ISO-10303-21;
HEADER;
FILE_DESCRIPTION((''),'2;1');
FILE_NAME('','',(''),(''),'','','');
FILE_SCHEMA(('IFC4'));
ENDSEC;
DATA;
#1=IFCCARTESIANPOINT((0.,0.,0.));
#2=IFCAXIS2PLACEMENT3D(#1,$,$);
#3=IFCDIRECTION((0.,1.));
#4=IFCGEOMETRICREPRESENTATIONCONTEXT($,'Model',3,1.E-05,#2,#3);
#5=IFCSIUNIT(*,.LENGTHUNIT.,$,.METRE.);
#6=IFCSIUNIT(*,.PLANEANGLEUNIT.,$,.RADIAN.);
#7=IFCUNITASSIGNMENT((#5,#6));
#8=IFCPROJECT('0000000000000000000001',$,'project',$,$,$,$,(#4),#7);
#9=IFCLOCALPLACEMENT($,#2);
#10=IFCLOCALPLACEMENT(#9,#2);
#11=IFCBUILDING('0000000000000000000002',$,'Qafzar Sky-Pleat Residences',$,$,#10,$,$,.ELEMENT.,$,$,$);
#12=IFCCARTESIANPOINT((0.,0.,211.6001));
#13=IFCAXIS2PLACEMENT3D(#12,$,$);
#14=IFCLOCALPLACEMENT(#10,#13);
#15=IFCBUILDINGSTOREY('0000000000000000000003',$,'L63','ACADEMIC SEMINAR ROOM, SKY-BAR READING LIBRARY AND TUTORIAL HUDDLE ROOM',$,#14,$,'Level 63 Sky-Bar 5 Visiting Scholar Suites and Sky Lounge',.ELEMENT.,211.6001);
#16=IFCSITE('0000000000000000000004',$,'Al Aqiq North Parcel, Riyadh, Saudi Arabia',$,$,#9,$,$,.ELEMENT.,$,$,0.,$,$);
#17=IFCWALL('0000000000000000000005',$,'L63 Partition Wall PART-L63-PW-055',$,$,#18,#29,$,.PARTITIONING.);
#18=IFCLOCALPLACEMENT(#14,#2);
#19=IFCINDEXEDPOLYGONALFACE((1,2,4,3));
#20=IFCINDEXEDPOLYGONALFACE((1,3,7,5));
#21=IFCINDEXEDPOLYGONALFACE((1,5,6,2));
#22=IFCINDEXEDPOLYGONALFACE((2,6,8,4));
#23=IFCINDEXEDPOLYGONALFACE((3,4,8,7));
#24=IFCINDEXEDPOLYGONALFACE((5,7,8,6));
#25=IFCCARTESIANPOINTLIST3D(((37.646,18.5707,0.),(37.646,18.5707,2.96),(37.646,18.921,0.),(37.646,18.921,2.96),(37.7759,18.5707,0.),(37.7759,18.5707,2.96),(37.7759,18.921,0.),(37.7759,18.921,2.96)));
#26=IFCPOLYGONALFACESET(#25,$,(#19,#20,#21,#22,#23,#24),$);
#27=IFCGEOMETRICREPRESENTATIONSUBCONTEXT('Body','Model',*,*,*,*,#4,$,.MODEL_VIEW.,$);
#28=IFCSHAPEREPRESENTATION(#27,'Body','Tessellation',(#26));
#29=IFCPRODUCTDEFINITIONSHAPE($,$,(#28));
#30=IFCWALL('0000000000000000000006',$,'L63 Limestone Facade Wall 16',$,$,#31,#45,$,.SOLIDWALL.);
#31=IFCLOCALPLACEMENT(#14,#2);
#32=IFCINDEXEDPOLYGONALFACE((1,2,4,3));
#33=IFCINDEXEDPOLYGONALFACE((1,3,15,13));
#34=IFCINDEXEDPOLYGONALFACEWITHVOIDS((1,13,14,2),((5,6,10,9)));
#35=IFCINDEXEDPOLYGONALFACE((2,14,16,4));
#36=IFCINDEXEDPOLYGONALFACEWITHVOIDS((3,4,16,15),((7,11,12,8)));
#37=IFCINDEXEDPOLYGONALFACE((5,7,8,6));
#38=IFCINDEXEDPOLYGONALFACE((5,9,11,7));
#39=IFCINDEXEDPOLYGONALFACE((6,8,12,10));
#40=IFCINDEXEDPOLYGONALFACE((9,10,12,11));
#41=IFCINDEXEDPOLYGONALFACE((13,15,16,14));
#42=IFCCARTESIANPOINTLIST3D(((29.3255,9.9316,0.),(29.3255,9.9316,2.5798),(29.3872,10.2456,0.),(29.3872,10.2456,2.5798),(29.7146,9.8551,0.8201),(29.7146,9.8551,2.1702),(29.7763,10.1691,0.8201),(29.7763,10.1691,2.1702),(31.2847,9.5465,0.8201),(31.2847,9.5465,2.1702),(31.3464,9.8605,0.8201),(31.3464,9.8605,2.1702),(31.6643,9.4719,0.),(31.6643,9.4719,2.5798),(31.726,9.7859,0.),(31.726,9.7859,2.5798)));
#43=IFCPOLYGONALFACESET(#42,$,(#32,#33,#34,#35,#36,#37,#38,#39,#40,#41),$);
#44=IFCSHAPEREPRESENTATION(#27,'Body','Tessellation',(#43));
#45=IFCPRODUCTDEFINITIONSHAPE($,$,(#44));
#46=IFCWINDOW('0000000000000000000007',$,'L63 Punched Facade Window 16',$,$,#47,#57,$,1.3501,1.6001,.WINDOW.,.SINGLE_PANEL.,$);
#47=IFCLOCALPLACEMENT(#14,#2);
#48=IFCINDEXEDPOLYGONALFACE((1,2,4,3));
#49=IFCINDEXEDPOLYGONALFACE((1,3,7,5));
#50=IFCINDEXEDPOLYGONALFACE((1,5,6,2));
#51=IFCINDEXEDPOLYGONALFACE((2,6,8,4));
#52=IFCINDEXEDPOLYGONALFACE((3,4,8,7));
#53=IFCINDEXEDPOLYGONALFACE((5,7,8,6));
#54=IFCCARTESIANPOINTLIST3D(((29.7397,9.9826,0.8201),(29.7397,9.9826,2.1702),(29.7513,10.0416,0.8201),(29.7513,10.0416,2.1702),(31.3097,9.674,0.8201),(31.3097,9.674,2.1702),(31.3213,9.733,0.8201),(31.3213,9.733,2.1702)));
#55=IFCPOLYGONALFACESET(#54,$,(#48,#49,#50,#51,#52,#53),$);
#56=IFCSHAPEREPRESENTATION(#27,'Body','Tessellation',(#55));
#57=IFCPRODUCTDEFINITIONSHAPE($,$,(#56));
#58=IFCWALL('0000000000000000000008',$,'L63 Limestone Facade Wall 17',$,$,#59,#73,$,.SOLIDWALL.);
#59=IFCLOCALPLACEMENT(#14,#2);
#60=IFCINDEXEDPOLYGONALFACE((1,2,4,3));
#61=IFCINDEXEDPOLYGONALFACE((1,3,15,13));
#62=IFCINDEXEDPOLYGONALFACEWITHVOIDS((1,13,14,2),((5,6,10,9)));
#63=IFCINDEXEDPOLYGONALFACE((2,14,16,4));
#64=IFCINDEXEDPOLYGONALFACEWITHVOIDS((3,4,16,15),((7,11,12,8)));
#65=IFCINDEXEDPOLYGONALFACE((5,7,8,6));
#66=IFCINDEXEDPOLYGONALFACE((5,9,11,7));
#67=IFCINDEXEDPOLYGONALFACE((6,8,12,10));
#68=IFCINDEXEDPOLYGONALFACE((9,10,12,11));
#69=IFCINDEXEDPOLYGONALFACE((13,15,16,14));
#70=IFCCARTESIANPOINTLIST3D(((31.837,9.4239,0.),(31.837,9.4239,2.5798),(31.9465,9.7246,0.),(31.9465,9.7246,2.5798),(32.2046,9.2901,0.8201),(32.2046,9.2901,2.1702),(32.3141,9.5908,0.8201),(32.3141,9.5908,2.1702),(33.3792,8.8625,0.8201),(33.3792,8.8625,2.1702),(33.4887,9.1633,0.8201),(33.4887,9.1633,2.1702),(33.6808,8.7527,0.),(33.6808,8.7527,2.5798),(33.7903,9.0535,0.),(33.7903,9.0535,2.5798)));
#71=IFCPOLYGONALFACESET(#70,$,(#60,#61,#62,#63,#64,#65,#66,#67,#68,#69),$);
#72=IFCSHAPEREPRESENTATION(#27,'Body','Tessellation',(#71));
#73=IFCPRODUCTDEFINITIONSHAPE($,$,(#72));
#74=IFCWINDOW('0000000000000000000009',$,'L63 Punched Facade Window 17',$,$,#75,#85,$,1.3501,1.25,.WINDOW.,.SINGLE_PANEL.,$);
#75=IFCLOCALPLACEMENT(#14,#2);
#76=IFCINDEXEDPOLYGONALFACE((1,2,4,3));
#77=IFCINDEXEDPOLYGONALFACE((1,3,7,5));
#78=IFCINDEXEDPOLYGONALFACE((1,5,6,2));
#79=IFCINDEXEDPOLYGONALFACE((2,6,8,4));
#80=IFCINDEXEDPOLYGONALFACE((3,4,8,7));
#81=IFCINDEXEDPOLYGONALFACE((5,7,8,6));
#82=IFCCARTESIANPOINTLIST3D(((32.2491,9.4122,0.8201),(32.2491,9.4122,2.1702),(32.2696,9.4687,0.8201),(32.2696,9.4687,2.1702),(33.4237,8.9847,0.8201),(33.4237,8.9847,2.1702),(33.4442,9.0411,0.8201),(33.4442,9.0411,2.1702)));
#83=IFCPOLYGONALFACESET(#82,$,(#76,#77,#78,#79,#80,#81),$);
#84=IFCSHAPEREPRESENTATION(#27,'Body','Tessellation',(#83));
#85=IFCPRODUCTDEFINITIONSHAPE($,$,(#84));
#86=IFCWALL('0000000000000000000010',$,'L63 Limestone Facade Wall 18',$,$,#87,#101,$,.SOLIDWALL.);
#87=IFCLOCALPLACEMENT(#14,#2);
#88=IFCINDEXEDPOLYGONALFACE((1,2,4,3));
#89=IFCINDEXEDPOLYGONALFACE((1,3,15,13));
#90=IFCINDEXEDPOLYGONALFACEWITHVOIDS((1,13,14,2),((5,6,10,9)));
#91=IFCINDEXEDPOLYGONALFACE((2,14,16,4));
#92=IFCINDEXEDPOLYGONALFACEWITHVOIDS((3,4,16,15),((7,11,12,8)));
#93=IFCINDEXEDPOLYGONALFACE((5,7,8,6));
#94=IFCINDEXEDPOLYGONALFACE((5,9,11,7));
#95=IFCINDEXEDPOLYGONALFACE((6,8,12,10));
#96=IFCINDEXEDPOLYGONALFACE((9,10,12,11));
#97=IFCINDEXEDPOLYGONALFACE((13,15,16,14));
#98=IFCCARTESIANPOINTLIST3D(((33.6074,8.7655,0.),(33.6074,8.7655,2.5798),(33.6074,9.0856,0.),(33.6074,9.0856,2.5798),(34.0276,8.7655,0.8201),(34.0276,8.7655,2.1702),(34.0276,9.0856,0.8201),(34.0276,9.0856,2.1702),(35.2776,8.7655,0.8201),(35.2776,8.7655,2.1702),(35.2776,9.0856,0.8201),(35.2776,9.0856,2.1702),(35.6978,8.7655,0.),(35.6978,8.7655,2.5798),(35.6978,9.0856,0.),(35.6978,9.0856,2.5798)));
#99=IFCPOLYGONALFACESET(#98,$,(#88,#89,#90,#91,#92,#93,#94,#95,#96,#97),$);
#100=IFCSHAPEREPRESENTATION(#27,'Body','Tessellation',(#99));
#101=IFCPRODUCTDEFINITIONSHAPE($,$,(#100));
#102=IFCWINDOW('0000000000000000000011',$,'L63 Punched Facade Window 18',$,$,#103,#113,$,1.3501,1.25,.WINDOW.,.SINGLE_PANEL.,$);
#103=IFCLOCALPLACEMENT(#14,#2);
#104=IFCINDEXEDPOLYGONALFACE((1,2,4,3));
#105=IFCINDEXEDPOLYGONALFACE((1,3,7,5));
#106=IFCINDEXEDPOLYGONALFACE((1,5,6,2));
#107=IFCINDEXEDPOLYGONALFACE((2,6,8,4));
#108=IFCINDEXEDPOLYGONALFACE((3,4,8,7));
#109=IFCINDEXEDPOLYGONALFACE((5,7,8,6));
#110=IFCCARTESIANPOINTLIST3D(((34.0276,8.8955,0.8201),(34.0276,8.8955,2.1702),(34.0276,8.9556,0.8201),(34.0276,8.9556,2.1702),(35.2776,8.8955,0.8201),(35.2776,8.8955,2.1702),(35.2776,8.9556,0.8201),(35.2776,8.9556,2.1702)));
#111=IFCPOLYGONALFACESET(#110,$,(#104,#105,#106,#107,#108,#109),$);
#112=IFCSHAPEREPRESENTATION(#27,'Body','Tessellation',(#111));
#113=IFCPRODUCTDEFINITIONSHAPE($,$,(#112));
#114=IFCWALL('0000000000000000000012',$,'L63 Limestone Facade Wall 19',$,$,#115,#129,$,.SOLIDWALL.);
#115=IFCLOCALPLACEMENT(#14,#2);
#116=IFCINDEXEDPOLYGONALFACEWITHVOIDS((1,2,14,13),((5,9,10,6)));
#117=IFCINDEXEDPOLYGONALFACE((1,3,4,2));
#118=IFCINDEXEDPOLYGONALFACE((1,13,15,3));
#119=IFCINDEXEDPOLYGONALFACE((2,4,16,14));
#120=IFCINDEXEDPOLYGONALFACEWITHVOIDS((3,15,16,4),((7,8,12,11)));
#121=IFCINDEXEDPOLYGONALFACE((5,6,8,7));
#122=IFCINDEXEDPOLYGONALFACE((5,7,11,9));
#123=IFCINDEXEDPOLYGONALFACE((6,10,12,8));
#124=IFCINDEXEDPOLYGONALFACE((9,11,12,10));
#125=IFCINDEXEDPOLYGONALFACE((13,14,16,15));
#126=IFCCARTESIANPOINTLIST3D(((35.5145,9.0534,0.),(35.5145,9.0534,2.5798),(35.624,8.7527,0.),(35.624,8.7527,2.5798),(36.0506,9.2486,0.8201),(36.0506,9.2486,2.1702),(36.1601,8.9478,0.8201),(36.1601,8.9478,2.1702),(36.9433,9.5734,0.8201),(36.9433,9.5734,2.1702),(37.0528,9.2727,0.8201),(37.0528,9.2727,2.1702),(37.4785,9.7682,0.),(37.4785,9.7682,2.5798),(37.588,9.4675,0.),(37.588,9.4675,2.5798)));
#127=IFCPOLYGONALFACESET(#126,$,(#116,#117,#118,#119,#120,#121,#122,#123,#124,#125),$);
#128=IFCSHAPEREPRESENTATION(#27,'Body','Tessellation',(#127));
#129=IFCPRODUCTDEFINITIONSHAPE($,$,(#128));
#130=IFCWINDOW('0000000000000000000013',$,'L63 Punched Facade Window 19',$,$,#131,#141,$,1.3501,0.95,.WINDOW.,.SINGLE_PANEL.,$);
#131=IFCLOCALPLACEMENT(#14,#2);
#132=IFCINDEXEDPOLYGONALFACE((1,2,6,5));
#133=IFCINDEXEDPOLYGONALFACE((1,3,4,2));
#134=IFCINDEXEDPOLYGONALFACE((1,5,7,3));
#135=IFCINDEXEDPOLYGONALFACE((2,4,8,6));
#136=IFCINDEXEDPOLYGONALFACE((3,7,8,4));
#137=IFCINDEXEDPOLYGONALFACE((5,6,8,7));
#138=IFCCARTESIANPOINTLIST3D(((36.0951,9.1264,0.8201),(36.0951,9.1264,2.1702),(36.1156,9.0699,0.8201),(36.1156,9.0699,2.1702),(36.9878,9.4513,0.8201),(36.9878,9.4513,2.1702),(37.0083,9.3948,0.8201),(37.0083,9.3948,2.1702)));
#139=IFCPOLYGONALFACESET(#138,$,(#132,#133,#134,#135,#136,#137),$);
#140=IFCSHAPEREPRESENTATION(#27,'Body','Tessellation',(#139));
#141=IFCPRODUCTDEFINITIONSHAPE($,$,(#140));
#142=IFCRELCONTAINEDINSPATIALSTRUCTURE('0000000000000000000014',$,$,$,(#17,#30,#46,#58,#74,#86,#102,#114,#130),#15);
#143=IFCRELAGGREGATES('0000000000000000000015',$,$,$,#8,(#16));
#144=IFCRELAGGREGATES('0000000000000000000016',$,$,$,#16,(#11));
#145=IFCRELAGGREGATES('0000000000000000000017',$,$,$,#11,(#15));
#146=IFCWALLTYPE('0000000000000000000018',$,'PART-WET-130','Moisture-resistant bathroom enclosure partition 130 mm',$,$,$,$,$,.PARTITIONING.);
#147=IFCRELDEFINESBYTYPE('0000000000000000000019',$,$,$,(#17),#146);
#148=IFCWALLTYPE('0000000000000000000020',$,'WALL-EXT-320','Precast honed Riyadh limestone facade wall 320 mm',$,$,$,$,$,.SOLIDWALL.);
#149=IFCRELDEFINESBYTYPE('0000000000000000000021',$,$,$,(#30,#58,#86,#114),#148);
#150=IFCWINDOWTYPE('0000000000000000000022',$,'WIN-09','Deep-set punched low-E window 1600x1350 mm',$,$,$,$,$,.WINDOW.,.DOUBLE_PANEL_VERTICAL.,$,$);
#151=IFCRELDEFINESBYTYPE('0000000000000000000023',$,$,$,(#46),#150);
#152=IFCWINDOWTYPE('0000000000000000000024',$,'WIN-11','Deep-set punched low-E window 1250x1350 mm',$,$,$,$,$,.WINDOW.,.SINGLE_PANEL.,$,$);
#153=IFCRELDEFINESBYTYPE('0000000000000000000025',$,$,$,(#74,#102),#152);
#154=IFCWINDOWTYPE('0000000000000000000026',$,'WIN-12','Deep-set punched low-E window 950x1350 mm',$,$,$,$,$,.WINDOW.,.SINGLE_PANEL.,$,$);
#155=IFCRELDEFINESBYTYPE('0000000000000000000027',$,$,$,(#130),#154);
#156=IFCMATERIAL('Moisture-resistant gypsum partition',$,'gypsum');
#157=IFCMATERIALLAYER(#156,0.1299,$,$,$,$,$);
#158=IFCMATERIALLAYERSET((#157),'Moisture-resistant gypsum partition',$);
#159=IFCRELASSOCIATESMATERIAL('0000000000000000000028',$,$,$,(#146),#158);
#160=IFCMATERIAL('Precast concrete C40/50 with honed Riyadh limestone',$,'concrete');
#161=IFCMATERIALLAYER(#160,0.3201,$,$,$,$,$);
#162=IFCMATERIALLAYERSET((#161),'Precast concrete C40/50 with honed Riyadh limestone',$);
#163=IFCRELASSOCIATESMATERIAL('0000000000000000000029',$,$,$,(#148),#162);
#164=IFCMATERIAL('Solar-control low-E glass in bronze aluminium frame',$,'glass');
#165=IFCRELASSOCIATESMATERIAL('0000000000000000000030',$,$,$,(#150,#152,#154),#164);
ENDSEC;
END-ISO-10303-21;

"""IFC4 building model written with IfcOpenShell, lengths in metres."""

from ifc_helpers import new_model, si_unit, direction, frame, frame_2d, origin, place, context, subcontext, project, spatial, rectangle, extrude, source, transform, mapped, material, layer, layer_set, type_object, element, fill, save


model = new_model("IFC4")

# Units and contexts
model_context = context("Model", 3, precision=1e-05, world=origin(), true_north=direction((0.0, 1.0)))
body_context = subcontext(model_context, "Body", "Model", "MODEL_VIEW")
ifc_project = project(units=[si_unit("LENGTHUNIT", "METRE"), si_unit("PLANEANGLEUNIT", "RADIAN")], contexts=[model_context])

# Site, building, storey
site_placement = place(None, origin())
site = spatial("IfcSite", under=ifc_project, at=site_placement, Name="Al Aqiq North Parcel, Riyadh, Saudi Arabia", CompositionType="ELEMENT", RefElevation=0.0)
building_placement = place(site_placement, origin())
building = spatial("IfcBuilding", under=site, at=building_placement, Name="Qafzar Sky-Pleat Residences", CompositionType="ELEMENT")
storey_placement = place(building_placement, frame((0.0, 0.0, 211.6001)))
storey = spatial("IfcBuildingStorey", under=building, at=storey_placement, Name="L63", Description="ACADEMIC SEMINAR ROOM, SKY-BAR READING LIBRARY AND TUTORIAL HUDDLE ROOM", LongName="Level 63 Sky-Bar 5 Visiting Scholar Suites and Sky Lounge", CompositionType="ELEMENT", Elevation=211.6001)

# Wall
ifc_material_1 = material(Name="Moisture-resistant gypsum partition", Category="gypsum")
ifc_layer_1 = layer(ifc_material_1, 0.1299)
ifc_layer_set_1 = layer_set([ifc_layer_1], Name="Moisture-resistant gypsum partition")
wall_type_1 = type_object("IfcWallType", Name="PART-WET-130", Description="Moisture-resistant bathroom enclosure partition 130 mm", PredefinedType="PARTITIONING", material=ifc_layer_set_1)
wall_1_placement = place(storey_placement, frame((37.7109, 18.5706, 0.0), z_axis=(0.0, 0.0, 1.0), x_axis=(0.0, 1.0, 0.0)))
element("IfcWall", 1, at=wall_1_placement, inside=storey, type_object=wall_type_1, Name="L63 Partition Wall PART-L63-PW-055", PredefinedType="PARTITIONING", context=body_context, shape_type="SweptSolid", body=[
    extrude(rectangle(XDim=0.3503, YDim=0.1299, at=frame_2d((0.1753, 0.0))), origin(), (0.0, 0.0, 1.0), 2.96),
])

# Walls, openings, windows
ifc_material_2 = material(Name="Precast concrete C40/50 with honed Riyadh limestone", Category="concrete")
ifc_layer_2 = layer(ifc_material_2, 0.3201)
ifc_layer_set_2 = layer_set([ifc_layer_2], Name="Precast concrete C40/50 with honed Riyadh limestone")
wall_type_2 = type_object("IfcWallType", Name="WALL-EXT-320", Description="Precast honed Riyadh limestone facade wall 320 mm", PredefinedType="SOLIDWALL", material=ifc_layer_set_2)
wall_2_placement = place(storey_placement, frame((29.3562, 10.0886, 0.0), z_axis=(0.0, 0.0, 1.0), x_axis=(0.981225, -0.192865, 0.0)))
wall_2 = element("IfcWall", 2, at=wall_2_placement, inside=storey, type_object=wall_type_2, Name="L63 Limestone Facade Wall 16", PredefinedType="SOLIDWALL", context=body_context, shape_type="SweptSolid", body=[
    extrude(rectangle(XDim=2.3835, YDim=0.3201, at=frame_2d((1.1919, 0.0))), origin(), (0.0, 0.0, 1.0), 2.5798),
])
opening_1_placement = place(wall_2_placement, frame((0.3967, 0.0, 0.8201)))
opening_1 = element("IfcOpeningElement", 3, at=opening_1_placement, cuts=wall_2, PredefinedType="OPENING", context=body_context, shape_type="SweptSolid", body=[
    extrude(rectangle(XDim=1.6001, YDim=1.3501, at=frame_2d((0.8, 0.675))), frame((0.0, 0.1699, 0.0), z_axis=(0.0, -1.0, 0.0), x_axis=(1.0, 0.0, 0.0)), (0.0, 0.0, 1.0), 0.3401),
])
ifc_material_3 = material(Name="Solar-control low-E glass in bronze aluminium frame", Category="glass")
window_type_1 = type_object("IfcWindowType", Name="WIN-09", Description="Deep-set punched low-E window 1600x1350 mm", PartitioningType="DOUBLE_PANEL_VERTICAL", PredefinedType="WINDOW", material=ifc_material_3)
shared_shape_1 = source(origin(), body_context, "Body", "SweptSolid", [
    extrude(rectangle(XDim=1.6001, YDim=1.3501, at=frame_2d((0.8, 0.675))), frame((0.0, 0.03, 0.0), z_axis=(0.0, -1.0, 0.0), x_axis=(1.0, 0.0, 0.0)), (0.0, 0.0, 1.0), 0.0601),
])
window_1_placement = place(opening_1_placement, origin())
window_1 = element("IfcWindow", 4, at=window_1_placement, inside=storey, type_object=window_type_1, Name="L63 Punched Facade Window 16", OverallHeight=1.3501, OverallWidth=1.6001, PartitioningType="SINGLE_PANEL", PredefinedType="WINDOW", context=body_context, shape_type="MappedRepresentation", body=[
    mapped(shared_shape_1, transform((0.0, 0.0, 0.0), x_axis=(1.0, 0.0, 0.0), y_axis=(0.0, 1.0, 0.0), z_axis=(0.0, 0.0, 1.0), scale=1.0)),
])
fill(opening_1, window_1)
wall_3_placement = place(storey_placement, frame((31.8918, 9.5742, 0.0), z_axis=(0.0, 0.0, 1.0), x_axis=(0.939681, -0.342053, 0.0)))
wall_3 = element("IfcWall", 5, at=wall_3_placement, inside=storey, type_object=wall_type_2, Name="L63 Limestone Facade Wall 17", PredefinedType="SOLIDWALL", context=body_context, shape_type="SweptSolid", body=[
    extrude(rectangle(XDim=1.9622, YDim=0.3201, at=frame_2d((0.981, 0.0))), origin(), (0.0, 0.0, 1.0), 2.5798),
])
opening_2_placement = place(wall_3_placement, frame((0.3911, 0.0, 0.8201)))
opening_2 = element("IfcOpeningElement", 6, at=opening_2_placement, cuts=wall_3, PredefinedType="OPENING", context=body_context, shape_type="SweptSolid", body=[
    extrude(rectangle(XDim=1.25, YDim=1.3501, at=frame_2d((0.625, 0.675))), frame((0.0, 0.1699, 0.0), z_axis=(0.0, -1.0, 0.0), x_axis=(1.0, 0.0, 0.0)), (0.0, 0.0, 1.0), 0.3401),
])
window_type_2 = type_object("IfcWindowType", Name="WIN-11", Description="Deep-set punched low-E window 1250x1350 mm", PartitioningType="SINGLE_PANEL", PredefinedType="WINDOW", material=ifc_material_3)
shared_shape_2 = source(origin(), body_context, "Body", "SweptSolid", [
    extrude(rectangle(XDim=1.25, YDim=1.3501, at=frame_2d((0.625, 0.675))), frame((0.0, 0.03, 0.0), z_axis=(0.0, -1.0, 0.0), x_axis=(1.0, 0.0, 0.0)), (0.0, 0.0, 1.0), 0.0601),
])
window_2_placement = place(opening_2_placement, origin())
window_2 = element("IfcWindow", 7, at=window_2_placement, inside=storey, type_object=window_type_2, Name="L63 Punched Facade Window 17", OverallHeight=1.3501, OverallWidth=1.25, PartitioningType="SINGLE_PANEL", PredefinedType="WINDOW", context=body_context, shape_type="MappedRepresentation", body=[
    mapped(shared_shape_2, transform((0.0, 0.0, 0.0), x_axis=(1.0, 0.0, 0.0), y_axis=(0.0, 1.0, 0.0), z_axis=(0.0, 0.0, 1.0), scale=1.0)),
])
fill(opening_2, window_2)
wall_4_placement = place(storey_placement, frame((33.6074, 8.9255, 0.0), z_axis=(0.0, 0.0, 1.0), x_axis=(1.0, 0.0, 0.0)))
wall_4 = element("IfcWall", 8, at=wall_4_placement, inside=storey, type_object=wall_type_2, Name="L63 Limestone Facade Wall 18", PredefinedType="SOLIDWALL", context=body_context, shape_type="SweptSolid", body=[
    extrude(rectangle(XDim=2.0903, YDim=0.3201, at=frame_2d((1.0452, 0.0))), origin(), (0.0, 0.0, 1.0), 2.5798),
])
opening_3_placement = place(wall_4_placement, frame((0.4202, 0.0, 0.8201)))
opening_3 = element("IfcOpeningElement", 9, at=opening_3_placement, cuts=wall_4, PredefinedType="OPENING", context=body_context, shape_type="SweptSolid", body=[
    extrude(rectangle(XDim=1.25, YDim=1.3501, at=frame_2d((0.625, 0.675))), frame((0.0, 0.1699, 0.0), z_axis=(0.0, -1.0, 0.0), x_axis=(1.0, 0.0, 0.0)), (0.0, 0.0, 1.0), 0.3401),
])
window_3_placement = place(opening_3_placement, origin())
window_3 = element("IfcWindow", 10, at=window_3_placement, inside=storey, type_object=window_type_2, Name="L63 Punched Facade Window 18", OverallHeight=1.3501, OverallWidth=1.25, PartitioningType="SINGLE_PANEL", PredefinedType="WINDOW", context=body_context, shape_type="MappedRepresentation", body=[
    mapped(shared_shape_2, transform((0.0, 0.0, 0.0), x_axis=(1.0, 0.0, 0.0), y_axis=(0.0, 1.0, 0.0), z_axis=(0.0, 0.0, 1.0), scale=1.0)),
])
fill(opening_3, window_3)
wall_5_placement = place(storey_placement, frame((35.5693, 8.9031, 0.0), z_axis=(0.0, 0.0, 1.0), x_axis=(0.939698, 0.342006, 0.0)))
wall_5 = element("IfcWall", 11, at=wall_5_placement, inside=storey, type_object=wall_type_2, Name="L63 Limestone Facade Wall 19", PredefinedType="SOLIDWALL", context=body_context, shape_type="SweptSolid", body=[
    extrude(rectangle(XDim=2.0901, YDim=0.3201, at=frame_2d((1.0449, 0.0))), origin(), (0.0, 0.0, 1.0), 2.5798),
])
opening_4_placement = place(wall_5_placement, frame((0.5703, 0.0, 0.8201)))
opening_4 = element("IfcOpeningElement", 12, at=opening_4_placement, cuts=wall_5, PredefinedType="OPENING", context=body_context, shape_type="SweptSolid", body=[
    extrude(rectangle(XDim=0.95, YDim=1.3501, at=frame_2d((0.4751, 0.675))), frame((0.0, 0.1699, 0.0), z_axis=(0.0, -1.0, 0.0), x_axis=(1.0, 0.0, 0.0)), (0.0, 0.0, 1.0), 0.3401),
])
window_type_3 = type_object("IfcWindowType", Name="WIN-12", Description="Deep-set punched low-E window 950x1350 mm", PartitioningType="SINGLE_PANEL", PredefinedType="WINDOW", material=ifc_material_3)
shared_shape_3 = source(origin(), body_context, "Body", "SweptSolid", [
    extrude(rectangle(XDim=0.95, YDim=1.3501, at=frame_2d((0.4751, 0.675))), frame((0.0, 0.03, 0.0), z_axis=(0.0, -1.0, 0.0), x_axis=(1.0, 0.0, 0.0)), (0.0, 0.0, 1.0), 0.0601),
])
window_4_placement = place(opening_4_placement, origin())
window_4 = element("IfcWindow", 13, at=window_4_placement, inside=storey, type_object=window_type_3, Name="L63 Punched Facade Window 19", OverallHeight=1.3501, OverallWidth=0.95, PartitioningType="SINGLE_PANEL", PredefinedType="WINDOW", context=body_context, shape_type="MappedRepresentation", body=[
    mapped(shared_shape_3, transform((0.0, 0.0, 0.0), x_axis=(1.0, 0.0, 0.0), y_axis=(0.0, 1.0, 0.0), z_axis=(0.0, 0.0, 1.0), scale=1.0)),
])
fill(opening_4, window_4)

save(model, "model.ifc")
